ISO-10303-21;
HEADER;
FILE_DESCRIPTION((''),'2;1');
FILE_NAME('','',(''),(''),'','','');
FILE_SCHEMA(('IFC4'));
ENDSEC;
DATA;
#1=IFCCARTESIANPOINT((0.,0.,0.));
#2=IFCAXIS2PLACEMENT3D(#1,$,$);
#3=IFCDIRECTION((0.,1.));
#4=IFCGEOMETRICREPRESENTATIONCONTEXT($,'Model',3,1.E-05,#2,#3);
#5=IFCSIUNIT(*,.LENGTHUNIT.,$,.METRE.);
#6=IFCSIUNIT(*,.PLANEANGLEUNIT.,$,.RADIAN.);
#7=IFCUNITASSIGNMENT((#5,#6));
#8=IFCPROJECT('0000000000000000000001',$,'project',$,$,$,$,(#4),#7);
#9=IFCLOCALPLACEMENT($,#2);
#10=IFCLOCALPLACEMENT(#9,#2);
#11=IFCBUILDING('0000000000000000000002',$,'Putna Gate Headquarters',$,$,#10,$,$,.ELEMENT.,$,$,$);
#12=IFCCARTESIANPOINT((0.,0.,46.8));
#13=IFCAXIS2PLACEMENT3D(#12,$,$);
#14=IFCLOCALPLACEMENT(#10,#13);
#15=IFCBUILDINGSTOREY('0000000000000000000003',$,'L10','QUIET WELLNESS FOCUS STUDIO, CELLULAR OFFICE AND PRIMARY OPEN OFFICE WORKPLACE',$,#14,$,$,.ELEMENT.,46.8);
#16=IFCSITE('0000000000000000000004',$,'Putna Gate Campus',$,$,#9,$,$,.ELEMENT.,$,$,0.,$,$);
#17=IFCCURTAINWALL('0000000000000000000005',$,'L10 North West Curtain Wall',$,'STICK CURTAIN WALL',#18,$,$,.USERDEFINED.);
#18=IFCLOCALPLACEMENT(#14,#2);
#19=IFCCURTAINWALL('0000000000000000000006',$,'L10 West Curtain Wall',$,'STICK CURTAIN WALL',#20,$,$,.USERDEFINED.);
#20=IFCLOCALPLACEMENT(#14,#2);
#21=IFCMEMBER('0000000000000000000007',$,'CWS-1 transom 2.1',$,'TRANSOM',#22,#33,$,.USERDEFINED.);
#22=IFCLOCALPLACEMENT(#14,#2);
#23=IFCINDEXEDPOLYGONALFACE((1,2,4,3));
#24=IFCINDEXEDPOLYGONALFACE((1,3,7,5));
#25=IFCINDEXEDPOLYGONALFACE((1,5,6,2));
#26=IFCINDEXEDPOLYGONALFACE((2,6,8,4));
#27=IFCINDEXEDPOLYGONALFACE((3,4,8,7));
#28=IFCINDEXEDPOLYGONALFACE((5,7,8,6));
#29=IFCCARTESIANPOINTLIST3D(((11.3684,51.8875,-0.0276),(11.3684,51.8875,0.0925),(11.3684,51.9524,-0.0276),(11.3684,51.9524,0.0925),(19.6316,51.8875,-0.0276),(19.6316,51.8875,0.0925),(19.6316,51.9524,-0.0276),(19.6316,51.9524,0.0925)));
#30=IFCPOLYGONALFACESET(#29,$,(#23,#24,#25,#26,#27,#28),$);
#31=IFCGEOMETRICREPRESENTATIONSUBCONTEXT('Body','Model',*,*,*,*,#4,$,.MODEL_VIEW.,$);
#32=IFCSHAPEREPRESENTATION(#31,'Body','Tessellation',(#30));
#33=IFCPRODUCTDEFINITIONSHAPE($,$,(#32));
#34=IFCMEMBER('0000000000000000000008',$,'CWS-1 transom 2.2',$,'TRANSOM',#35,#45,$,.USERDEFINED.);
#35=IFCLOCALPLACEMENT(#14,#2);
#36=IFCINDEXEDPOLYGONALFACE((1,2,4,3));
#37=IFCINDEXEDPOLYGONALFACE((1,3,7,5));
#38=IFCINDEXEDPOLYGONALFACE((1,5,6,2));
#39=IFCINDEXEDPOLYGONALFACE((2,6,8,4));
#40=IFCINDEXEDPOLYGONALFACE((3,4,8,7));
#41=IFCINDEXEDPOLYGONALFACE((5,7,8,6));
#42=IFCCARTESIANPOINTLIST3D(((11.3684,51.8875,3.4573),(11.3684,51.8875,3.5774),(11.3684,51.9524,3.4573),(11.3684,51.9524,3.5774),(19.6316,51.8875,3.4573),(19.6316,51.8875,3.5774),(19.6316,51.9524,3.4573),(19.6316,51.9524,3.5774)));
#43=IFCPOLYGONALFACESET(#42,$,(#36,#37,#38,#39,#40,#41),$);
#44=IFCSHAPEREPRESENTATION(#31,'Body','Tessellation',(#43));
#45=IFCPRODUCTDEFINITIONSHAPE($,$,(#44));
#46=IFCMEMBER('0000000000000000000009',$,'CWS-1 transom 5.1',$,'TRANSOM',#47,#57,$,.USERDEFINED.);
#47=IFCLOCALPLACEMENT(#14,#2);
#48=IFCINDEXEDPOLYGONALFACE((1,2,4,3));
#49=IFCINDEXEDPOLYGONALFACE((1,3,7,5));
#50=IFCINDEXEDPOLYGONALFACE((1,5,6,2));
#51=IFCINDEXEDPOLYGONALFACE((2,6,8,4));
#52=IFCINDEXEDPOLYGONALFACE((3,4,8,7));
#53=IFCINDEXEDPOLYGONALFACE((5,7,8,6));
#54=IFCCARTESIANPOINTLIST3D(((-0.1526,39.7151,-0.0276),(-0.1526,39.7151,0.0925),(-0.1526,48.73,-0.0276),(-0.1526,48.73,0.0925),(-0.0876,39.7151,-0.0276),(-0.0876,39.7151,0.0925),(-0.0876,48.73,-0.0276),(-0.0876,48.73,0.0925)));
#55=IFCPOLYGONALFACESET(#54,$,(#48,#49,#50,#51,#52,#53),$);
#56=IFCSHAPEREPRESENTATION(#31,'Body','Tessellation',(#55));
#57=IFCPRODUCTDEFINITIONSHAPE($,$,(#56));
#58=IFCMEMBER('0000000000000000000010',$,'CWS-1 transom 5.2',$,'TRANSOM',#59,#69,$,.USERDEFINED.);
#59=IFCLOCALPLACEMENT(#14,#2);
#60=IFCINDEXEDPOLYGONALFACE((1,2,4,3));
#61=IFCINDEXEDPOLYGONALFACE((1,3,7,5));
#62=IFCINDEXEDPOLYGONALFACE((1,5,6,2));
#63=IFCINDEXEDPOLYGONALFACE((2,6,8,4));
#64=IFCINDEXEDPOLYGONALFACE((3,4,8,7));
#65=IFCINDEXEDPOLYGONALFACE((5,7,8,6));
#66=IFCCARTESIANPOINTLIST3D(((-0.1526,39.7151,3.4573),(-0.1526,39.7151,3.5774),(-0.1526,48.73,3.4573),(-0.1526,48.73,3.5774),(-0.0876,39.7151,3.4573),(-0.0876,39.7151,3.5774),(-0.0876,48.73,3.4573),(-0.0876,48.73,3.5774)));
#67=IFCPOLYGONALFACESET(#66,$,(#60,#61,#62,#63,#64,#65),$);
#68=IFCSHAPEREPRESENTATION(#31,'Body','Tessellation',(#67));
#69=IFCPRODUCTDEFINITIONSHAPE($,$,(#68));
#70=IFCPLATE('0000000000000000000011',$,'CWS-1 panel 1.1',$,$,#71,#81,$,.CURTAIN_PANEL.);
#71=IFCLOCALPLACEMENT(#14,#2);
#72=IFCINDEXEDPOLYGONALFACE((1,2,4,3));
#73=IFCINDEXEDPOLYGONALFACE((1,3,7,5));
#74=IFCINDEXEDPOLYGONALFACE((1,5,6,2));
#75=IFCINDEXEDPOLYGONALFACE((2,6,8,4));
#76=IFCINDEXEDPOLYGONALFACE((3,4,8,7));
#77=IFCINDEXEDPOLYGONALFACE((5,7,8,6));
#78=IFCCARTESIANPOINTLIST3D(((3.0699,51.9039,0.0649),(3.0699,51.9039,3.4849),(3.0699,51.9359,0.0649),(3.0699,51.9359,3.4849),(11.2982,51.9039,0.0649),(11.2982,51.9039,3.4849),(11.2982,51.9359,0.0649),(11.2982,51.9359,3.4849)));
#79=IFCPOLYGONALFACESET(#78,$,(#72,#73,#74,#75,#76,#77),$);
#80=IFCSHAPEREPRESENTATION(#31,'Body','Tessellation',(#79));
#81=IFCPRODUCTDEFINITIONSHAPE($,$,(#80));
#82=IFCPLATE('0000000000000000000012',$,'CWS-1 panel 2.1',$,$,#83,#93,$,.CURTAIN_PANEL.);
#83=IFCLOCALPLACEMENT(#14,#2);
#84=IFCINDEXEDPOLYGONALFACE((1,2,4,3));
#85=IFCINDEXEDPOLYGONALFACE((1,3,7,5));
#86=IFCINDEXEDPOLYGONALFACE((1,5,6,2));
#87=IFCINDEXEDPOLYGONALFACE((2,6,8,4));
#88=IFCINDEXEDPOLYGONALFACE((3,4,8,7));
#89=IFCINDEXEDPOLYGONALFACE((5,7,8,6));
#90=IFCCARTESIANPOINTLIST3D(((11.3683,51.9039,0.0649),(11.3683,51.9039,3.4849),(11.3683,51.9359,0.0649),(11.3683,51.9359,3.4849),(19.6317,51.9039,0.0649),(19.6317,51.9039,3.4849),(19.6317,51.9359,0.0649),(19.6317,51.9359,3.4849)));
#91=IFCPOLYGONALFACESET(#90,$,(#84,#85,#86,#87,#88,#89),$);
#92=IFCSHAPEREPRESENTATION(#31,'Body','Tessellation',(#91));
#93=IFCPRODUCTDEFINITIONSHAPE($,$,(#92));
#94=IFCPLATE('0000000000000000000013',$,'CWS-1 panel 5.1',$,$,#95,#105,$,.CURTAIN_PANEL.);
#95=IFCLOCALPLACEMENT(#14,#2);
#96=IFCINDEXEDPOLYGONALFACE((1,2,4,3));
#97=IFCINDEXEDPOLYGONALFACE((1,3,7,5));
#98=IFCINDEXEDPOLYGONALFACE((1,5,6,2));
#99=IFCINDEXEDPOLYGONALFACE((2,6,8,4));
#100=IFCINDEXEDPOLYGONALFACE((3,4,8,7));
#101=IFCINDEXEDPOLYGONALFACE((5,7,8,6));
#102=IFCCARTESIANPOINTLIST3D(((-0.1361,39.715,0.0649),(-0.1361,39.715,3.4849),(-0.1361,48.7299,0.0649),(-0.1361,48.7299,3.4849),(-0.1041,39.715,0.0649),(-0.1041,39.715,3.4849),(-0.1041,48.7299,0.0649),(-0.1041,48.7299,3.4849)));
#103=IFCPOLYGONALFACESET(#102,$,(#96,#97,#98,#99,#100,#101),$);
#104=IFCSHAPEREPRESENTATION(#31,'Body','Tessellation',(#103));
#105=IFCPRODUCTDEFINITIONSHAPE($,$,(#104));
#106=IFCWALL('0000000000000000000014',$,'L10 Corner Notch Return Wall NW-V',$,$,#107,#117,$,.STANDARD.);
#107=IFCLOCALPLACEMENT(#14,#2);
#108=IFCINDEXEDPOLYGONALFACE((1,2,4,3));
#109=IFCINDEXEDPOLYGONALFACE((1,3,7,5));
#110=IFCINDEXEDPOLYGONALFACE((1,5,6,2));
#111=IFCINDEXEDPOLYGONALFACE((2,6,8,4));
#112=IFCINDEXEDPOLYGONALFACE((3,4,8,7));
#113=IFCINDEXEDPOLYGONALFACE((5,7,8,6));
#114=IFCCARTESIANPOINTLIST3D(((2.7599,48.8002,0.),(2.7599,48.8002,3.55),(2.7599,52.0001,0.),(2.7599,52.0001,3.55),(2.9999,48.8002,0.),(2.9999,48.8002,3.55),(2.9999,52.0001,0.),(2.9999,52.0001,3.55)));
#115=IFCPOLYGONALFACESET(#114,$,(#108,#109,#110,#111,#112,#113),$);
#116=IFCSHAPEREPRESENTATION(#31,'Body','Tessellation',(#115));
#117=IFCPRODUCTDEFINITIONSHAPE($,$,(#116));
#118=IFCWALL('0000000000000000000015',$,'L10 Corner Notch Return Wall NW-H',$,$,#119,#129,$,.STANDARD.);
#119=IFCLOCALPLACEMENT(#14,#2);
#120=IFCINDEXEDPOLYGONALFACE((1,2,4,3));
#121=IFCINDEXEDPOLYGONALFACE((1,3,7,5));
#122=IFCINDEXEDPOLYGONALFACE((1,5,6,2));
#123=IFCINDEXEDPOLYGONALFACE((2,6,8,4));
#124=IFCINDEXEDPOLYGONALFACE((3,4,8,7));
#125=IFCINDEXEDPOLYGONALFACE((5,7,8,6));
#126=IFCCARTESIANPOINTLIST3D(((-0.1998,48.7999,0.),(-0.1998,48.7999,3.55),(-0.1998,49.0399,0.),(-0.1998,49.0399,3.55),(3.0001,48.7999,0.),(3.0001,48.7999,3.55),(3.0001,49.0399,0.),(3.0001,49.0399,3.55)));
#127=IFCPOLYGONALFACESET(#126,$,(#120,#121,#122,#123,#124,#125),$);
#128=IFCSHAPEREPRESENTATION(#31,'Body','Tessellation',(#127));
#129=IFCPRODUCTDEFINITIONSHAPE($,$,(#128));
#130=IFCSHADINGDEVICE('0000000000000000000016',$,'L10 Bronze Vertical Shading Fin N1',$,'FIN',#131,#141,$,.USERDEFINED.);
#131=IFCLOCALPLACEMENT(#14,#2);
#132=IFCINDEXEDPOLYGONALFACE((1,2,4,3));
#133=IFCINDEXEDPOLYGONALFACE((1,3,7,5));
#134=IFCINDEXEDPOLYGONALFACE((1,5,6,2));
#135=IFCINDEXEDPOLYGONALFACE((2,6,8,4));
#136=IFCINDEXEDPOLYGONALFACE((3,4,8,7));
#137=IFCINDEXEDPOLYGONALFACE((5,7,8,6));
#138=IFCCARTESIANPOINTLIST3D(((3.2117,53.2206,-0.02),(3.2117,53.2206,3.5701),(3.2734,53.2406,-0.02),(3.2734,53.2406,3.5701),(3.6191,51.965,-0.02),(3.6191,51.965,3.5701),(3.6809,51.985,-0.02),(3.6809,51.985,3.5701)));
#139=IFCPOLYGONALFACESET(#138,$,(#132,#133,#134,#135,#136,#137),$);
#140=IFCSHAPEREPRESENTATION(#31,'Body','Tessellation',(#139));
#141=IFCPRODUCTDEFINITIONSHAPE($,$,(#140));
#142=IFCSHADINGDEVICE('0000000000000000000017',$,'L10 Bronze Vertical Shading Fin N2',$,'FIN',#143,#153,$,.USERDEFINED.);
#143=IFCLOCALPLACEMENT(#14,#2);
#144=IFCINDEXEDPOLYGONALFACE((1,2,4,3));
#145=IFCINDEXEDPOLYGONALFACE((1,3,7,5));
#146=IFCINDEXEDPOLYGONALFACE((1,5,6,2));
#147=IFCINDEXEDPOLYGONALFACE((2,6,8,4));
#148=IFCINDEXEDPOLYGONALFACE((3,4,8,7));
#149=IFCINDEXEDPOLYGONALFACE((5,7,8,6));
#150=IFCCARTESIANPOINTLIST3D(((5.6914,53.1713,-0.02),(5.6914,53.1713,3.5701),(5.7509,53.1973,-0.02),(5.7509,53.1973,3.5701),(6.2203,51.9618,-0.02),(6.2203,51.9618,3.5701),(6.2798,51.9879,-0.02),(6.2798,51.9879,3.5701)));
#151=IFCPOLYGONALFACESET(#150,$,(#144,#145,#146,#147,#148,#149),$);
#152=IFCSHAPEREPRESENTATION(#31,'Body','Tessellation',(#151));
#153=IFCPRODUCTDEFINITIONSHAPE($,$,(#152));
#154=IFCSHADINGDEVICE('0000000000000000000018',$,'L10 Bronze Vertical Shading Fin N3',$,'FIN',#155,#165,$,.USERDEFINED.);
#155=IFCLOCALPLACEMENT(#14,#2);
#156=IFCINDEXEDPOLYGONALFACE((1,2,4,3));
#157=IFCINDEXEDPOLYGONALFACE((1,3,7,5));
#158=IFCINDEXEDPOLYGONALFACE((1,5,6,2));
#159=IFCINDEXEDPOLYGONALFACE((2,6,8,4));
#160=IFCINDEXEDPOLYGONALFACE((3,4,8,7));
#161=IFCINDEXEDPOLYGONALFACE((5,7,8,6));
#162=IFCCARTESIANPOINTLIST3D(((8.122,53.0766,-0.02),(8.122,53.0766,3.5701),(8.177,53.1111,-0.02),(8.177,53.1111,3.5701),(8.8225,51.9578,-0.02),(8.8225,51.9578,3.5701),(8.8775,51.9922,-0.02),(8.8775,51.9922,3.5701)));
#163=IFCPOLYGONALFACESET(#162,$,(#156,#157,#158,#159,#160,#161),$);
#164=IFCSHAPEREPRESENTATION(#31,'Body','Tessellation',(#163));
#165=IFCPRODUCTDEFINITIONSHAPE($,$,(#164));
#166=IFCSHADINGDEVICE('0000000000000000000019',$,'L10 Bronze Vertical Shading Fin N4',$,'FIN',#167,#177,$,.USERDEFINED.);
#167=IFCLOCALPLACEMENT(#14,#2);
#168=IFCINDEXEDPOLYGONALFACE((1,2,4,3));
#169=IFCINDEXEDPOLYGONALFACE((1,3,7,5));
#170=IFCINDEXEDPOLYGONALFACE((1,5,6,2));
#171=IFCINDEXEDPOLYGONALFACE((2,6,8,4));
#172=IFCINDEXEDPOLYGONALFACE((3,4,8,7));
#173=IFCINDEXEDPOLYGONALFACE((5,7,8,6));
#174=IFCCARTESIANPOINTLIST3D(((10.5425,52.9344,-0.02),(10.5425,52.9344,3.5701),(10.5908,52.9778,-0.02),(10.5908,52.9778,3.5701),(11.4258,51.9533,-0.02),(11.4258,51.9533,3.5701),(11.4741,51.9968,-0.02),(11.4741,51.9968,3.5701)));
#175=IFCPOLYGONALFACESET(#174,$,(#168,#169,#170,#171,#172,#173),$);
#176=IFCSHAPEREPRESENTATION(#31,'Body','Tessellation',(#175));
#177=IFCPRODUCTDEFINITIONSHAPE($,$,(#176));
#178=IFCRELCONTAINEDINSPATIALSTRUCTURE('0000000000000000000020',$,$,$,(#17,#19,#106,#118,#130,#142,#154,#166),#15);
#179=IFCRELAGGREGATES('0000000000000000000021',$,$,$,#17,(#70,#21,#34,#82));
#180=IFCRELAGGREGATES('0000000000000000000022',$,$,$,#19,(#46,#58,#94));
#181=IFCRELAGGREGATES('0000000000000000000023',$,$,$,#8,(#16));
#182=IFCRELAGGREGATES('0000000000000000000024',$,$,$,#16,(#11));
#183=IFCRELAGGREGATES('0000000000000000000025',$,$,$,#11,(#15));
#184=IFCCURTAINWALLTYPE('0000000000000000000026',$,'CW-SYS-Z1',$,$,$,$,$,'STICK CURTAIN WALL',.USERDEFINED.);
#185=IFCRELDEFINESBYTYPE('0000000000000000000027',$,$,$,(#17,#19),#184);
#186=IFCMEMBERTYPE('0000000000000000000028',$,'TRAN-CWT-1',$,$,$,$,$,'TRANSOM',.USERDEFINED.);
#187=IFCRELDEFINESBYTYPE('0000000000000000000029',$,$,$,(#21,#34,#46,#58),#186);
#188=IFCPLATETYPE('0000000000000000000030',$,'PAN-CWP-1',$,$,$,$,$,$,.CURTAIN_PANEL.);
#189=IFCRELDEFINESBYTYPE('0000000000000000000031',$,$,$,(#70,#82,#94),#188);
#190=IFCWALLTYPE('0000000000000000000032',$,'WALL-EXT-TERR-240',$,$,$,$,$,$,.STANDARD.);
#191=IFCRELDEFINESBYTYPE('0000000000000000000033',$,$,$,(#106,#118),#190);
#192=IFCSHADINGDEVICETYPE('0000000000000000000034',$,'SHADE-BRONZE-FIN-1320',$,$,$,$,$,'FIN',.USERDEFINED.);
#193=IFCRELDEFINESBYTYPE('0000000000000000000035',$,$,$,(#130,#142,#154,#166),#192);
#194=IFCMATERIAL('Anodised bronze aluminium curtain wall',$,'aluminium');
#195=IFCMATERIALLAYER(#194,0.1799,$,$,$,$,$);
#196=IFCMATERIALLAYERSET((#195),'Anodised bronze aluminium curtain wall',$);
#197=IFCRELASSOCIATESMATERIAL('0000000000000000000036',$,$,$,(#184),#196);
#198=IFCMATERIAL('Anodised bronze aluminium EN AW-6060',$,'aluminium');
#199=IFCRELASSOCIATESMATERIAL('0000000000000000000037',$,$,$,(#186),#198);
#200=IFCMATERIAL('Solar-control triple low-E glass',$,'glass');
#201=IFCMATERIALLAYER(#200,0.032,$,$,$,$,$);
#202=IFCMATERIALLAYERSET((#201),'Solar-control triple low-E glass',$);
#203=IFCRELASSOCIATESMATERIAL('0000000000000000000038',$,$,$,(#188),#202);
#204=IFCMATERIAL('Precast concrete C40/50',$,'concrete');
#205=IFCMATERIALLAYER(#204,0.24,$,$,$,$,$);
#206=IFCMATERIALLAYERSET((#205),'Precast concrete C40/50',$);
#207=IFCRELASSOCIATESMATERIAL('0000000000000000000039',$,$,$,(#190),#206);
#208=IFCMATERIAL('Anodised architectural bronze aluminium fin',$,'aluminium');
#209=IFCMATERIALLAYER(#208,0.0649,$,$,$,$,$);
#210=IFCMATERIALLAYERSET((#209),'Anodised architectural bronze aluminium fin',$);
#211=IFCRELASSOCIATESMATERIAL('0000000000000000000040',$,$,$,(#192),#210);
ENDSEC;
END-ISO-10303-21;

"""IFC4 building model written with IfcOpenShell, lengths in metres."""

from ifc_helpers import new_model, si_unit, direction, frame, frame_2d, origin, origin_2d, place, context, subcontext, project, spatial, rectangle, extrude, material, layer, layer_set, material_profile, profile_set, type_object, element, aggregate, save


model = new_model("IFC4")

# Units and contexts
model_context = context("Model", 3, precision=1e-05, world=origin(), true_north=direction((0.0, 1.0)))
body_context = subcontext(model_context, "Body", "Model", "MODEL_VIEW")
ifc_project = project(units=[si_unit("LENGTHUNIT", "METRE"), si_unit("PLANEANGLEUNIT", "RADIAN")], contexts=[model_context])

# Site, building, storey
site_placement = place(None, origin())
site = spatial("IfcSite", under=ifc_project, at=site_placement, Name="Putna Gate Campus", CompositionType="ELEMENT", RefElevation=0.0)
building_placement = place(site_placement, origin())
building = spatial("IfcBuilding", under=site, at=building_placement, Name="Putna Gate Headquarters", CompositionType="ELEMENT")
storey_placement = place(building_placement, frame((0.0, 0.0, 46.8)))
storey = spatial("IfcBuildingStorey", under=building, at=storey_placement, Name="L10", Description="QUIET WELLNESS FOCUS STUDIO, CELLULAR OFFICE AND PRIMARY OPEN OFFICE WORKPLACE", CompositionType="ELEMENT", Elevation=46.8)

# Curtain walls
ifc_material_1 = material(Name="Anodised bronze aluminium curtain wall", Category="aluminium")
ifc_layer_1 = layer(ifc_material_1, 0.1799)
ifc_layer_set_1 = layer_set([ifc_layer_1], Name="Anodised bronze aluminium curtain wall")
curtain_wall_type = type_object("IfcCurtainWallType", Name="CW-SYS-Z1", ElementType="STICK CURTAIN WALL", PredefinedType="USERDEFINED", material=ifc_layer_set_1)
curtain_wall_1_placement = place(storey_placement, origin())
curtain_wall_1 = element("IfcCurtainWall", 1, at=curtain_wall_1_placement, inside=storey, type_object=curtain_wall_type, Name="L10 North West Curtain Wall", ObjectType="STICK CURTAIN WALL", PredefinedType="USERDEFINED")
ifc_material_2 = material(Name="Anodised bronze aluminium EN AW-6060", Category="aluminium")
curtain_wall_2_placement = place(storey_placement, origin())
curtain_wall_2 = element("IfcCurtainWall", 2, at=curtain_wall_2_placement, inside=storey, type_object=curtain_wall_type, Name="L10 West Curtain Wall", ObjectType="STICK CURTAIN WALL", PredefinedType="USERDEFINED")

# Members
ifc_material_profile_1 = material_profile(ifc_material_2, rectangle(XDim=0.0649, YDim=0.1201, at=origin_2d()), Name="Anodised bronze aluminium EN AW-6060")
ifc_profile_set_1 = profile_set([ifc_material_profile_1], Name="Anodised bronze aluminium EN AW-6060")
member_type_1 = type_object("IfcMemberType", Name="TRAN-CWT-1", ElementType="TRANSOM", PredefinedType="USERDEFINED", material=ifc_profile_set_1)
member_1_placement = place(storey_placement, frame((11.3684, 51.9199, 0.0325), z_axis=(1.0, 0.0, 0.0), x_axis=(0.0, 1.0, 0.0)))
member_1 = element("IfcMember", 3, at=member_1_placement, type_object=member_type_1, Name="CWS-1 transom 2.1", ObjectType="TRANSOM", PredefinedType="USERDEFINED", context=body_context, shape_type="SweptSolid", body=[
    extrude(rectangle(XDim=0.0649, YDim=0.1201, at=origin_2d()), origin(), (0.0, 0.0, 1.0), 8.2632),
])
member_2_placement = place(storey_placement, frame((11.3684, 51.9199, 3.5173), z_axis=(1.0, 0.0, 0.0), x_axis=(0.0, 1.0, 0.0)))
member_2 = element("IfcMember", 4, at=member_2_placement, type_object=member_type_1, Name="CWS-1 transom 2.2", ObjectType="TRANSOM", PredefinedType="USERDEFINED", context=body_context, shape_type="SweptSolid", body=[
    extrude(rectangle(XDim=0.0649, YDim=0.1201, at=origin_2d()), origin(), (0.0, 0.0, 1.0), 8.2632),
])
member_3_placement = place(storey_placement, frame((-0.1201, 39.7151, 0.0325), z_axis=(0.0, 1.0, 0.0), x_axis=(-1.0, 0.0, 0.0)))
member_3 = element("IfcMember", 5, at=member_3_placement, type_object=member_type_1, Name="CWS-1 transom 5.1", ObjectType="TRANSOM", PredefinedType="USERDEFINED", context=body_context, shape_type="SweptSolid", body=[
    extrude(rectangle(XDim=0.0649, YDim=0.1201, at=origin_2d()), origin(), (0.0, 0.0, 1.0), 9.0149),
])
member_4_placement = place(storey_placement, frame((-0.1201, 39.7151, 3.5173), z_axis=(0.0, 1.0, 0.0), x_axis=(-1.0, 0.0, 0.0)))
member_4 = element("IfcMember", 6, at=member_4_placement, type_object=member_type_1, Name="CWS-1 transom 5.2", ObjectType="TRANSOM", PredefinedType="USERDEFINED", context=body_context, shape_type="SweptSolid", body=[
    extrude(rectangle(XDim=0.0649, YDim=0.1201, at=origin_2d()), origin(), (0.0, 0.0, 1.0), 9.0149),
])

# Plates
ifc_material_3 = material(Name="Solar-control triple low-E glass", Category="glass")
ifc_layer_2 = layer(ifc_material_3, 0.032)
ifc_layer_set_2 = layer_set([ifc_layer_2], Name="Solar-control triple low-E glass")
plate_type = type_object("IfcPlateType", Name="PAN-CWP-1", PredefinedType="CURTAIN_PANEL", material=ifc_layer_set_2)
plate_1_placement = place(storey_placement, frame((7.1841, 51.9199, 0.0649), z_axis=(0.0, 0.0, 1.0), x_axis=(1.0, 0.0, 0.0)))
plate_1 = element("IfcPlate", 7, at=plate_1_placement, type_object=plate_type, Name="CWS-1 panel 1.1", PredefinedType="CURTAIN_PANEL", context=body_context, shape_type="SweptSolid", body=[
    extrude(rectangle(XDim=8.2283, YDim=0.032, at=origin_2d()), origin(), (0.0, 0.0, 1.0), 3.4199),
])
plate_2_placement = place(storey_placement, frame((15.5, 51.9199, 0.0649), z_axis=(0.0, 0.0, 1.0), x_axis=(1.0, 0.0, 0.0)))
plate_2 = element("IfcPlate", 8, at=plate_2_placement, type_object=plate_type, Name="CWS-1 panel 2.1", PredefinedType="CURTAIN_PANEL", context=body_context, shape_type="SweptSolid", body=[
    extrude(rectangle(XDim=8.2634, YDim=0.032, at=origin_2d()), origin(), (0.0, 0.0, 1.0), 3.4199),
])
aggregate(curtain_wall_1, [plate_1, member_1, member_2, plate_2])
plate_3_placement = place(storey_placement, frame((-0.1201, 44.2224, 0.0649), z_axis=(0.0, 0.0, 1.0), x_axis=(0.0, 1.0, 0.0)))
plate_3 = element("IfcPlate", 9, at=plate_3_placement, type_object=plate_type, Name="CWS-1 panel 5.1", PredefinedType="CURTAIN_PANEL", context=body_context, shape_type="SweptSolid", body=[
    extrude(rectangle(XDim=9.0149, YDim=0.032, at=origin_2d()), origin(), (0.0, 0.0, 1.0), 3.4199),
])
aggregate(curtain_wall_2, [member_3, member_4, plate_3])

# Walls
ifc_material_4 = material(Name="Precast concrete C40/50", Category="concrete")
ifc_layer_3 = layer(ifc_material_4, 0.24)
ifc_layer_set_3 = layer_set([ifc_layer_3], Name="Precast concrete C40/50")
wall_type = type_object("IfcWallType", Name="WALL-EXT-TERR-240", PredefinedType="STANDARD", material=ifc_layer_set_3)
for number, where, z_axis, x_axis, name in (
    (10, (2.8799, 48.8, 0.0), (0.0, 0.0, 1.0), (0.0, 1.0, 0.0), "L10 Corner Notch Return Wall NW-V"),
    (11, (-0.2, 48.9199, 0.0), (0.0, 0.0, 1.0), (1.0, 0.0, 0.0), "L10 Corner Notch Return Wall NW-H"),
):
    element("IfcWall", number, at=place(storey_placement, frame(where, z_axis=z_axis, x_axis=x_axis)), inside=storey, type_object=wall_type, Name=name, PredefinedType="STANDARD", context=body_context, shape_type="SweptSolid", body=[
        extrude(rectangle(XDim=3.2, YDim=0.24, at=frame_2d((1.6001, 0.0))), origin(), (0.0, 0.0, 1.0), 3.55),
    ])

# Shading devices
ifc_material_5 = material(Name="Anodised architectural bronze aluminium fin", Category="aluminium")
ifc_layer_4 = layer(ifc_material_5, 0.0649)
ifc_layer_set_4 = layer_set([ifc_layer_4], Name="Anodised architectural bronze aluminium fin")
shading_device_type = type_object("IfcShadingDeviceType", Name="SHADE-BRONZE-FIN-1320", ElementType="FIN", PredefinedType="USERDEFINED", material=ifc_layer_set_4)
for number, where, z_axis, x_axis, name in (
    (12, (3.4463, 52.6028, -0.02), (0.0, 0.0, 1.0), (-0.308685, 0.951164, 0.0), "L10 Bronze Vertical Shading Fin N1"),
    (13, (5.9856, 52.5796, -0.02), (0.0, 0.0, 1.0), (-0.400669, 0.916223, 0.0), "L10 Bronze Vertical Shading Fin N2"),
    (14, (8.4998, 52.5344, -0.02), (0.0, 0.0, 1.0), (-0.530659, 0.847585, 0.0), "L10 Bronze Vertical Shading Fin N3"),
    (15, (11.0083, 52.4656, -0.02), (0.0, 0.0, 1.0), (-0.669131, 0.743145, 0.0), "L10 Bronze Vertical Shading Fin N4"),
):
    element("IfcShadingDevice", number, at=place(storey_placement, frame(where, z_axis=z_axis, x_axis=x_axis)), inside=storey, type_object=shading_device_type, Name=name, ObjectType="FIN", PredefinedType="USERDEFINED", context=body_context, shape_type="SweptSolid", body=[
        extrude(rectangle(XDim=1.3201, YDim=0.0649, at=origin_2d()), origin(), (0.0, 0.0, 1.0), 3.5901),
    ])

save(model, "model.ifc")
